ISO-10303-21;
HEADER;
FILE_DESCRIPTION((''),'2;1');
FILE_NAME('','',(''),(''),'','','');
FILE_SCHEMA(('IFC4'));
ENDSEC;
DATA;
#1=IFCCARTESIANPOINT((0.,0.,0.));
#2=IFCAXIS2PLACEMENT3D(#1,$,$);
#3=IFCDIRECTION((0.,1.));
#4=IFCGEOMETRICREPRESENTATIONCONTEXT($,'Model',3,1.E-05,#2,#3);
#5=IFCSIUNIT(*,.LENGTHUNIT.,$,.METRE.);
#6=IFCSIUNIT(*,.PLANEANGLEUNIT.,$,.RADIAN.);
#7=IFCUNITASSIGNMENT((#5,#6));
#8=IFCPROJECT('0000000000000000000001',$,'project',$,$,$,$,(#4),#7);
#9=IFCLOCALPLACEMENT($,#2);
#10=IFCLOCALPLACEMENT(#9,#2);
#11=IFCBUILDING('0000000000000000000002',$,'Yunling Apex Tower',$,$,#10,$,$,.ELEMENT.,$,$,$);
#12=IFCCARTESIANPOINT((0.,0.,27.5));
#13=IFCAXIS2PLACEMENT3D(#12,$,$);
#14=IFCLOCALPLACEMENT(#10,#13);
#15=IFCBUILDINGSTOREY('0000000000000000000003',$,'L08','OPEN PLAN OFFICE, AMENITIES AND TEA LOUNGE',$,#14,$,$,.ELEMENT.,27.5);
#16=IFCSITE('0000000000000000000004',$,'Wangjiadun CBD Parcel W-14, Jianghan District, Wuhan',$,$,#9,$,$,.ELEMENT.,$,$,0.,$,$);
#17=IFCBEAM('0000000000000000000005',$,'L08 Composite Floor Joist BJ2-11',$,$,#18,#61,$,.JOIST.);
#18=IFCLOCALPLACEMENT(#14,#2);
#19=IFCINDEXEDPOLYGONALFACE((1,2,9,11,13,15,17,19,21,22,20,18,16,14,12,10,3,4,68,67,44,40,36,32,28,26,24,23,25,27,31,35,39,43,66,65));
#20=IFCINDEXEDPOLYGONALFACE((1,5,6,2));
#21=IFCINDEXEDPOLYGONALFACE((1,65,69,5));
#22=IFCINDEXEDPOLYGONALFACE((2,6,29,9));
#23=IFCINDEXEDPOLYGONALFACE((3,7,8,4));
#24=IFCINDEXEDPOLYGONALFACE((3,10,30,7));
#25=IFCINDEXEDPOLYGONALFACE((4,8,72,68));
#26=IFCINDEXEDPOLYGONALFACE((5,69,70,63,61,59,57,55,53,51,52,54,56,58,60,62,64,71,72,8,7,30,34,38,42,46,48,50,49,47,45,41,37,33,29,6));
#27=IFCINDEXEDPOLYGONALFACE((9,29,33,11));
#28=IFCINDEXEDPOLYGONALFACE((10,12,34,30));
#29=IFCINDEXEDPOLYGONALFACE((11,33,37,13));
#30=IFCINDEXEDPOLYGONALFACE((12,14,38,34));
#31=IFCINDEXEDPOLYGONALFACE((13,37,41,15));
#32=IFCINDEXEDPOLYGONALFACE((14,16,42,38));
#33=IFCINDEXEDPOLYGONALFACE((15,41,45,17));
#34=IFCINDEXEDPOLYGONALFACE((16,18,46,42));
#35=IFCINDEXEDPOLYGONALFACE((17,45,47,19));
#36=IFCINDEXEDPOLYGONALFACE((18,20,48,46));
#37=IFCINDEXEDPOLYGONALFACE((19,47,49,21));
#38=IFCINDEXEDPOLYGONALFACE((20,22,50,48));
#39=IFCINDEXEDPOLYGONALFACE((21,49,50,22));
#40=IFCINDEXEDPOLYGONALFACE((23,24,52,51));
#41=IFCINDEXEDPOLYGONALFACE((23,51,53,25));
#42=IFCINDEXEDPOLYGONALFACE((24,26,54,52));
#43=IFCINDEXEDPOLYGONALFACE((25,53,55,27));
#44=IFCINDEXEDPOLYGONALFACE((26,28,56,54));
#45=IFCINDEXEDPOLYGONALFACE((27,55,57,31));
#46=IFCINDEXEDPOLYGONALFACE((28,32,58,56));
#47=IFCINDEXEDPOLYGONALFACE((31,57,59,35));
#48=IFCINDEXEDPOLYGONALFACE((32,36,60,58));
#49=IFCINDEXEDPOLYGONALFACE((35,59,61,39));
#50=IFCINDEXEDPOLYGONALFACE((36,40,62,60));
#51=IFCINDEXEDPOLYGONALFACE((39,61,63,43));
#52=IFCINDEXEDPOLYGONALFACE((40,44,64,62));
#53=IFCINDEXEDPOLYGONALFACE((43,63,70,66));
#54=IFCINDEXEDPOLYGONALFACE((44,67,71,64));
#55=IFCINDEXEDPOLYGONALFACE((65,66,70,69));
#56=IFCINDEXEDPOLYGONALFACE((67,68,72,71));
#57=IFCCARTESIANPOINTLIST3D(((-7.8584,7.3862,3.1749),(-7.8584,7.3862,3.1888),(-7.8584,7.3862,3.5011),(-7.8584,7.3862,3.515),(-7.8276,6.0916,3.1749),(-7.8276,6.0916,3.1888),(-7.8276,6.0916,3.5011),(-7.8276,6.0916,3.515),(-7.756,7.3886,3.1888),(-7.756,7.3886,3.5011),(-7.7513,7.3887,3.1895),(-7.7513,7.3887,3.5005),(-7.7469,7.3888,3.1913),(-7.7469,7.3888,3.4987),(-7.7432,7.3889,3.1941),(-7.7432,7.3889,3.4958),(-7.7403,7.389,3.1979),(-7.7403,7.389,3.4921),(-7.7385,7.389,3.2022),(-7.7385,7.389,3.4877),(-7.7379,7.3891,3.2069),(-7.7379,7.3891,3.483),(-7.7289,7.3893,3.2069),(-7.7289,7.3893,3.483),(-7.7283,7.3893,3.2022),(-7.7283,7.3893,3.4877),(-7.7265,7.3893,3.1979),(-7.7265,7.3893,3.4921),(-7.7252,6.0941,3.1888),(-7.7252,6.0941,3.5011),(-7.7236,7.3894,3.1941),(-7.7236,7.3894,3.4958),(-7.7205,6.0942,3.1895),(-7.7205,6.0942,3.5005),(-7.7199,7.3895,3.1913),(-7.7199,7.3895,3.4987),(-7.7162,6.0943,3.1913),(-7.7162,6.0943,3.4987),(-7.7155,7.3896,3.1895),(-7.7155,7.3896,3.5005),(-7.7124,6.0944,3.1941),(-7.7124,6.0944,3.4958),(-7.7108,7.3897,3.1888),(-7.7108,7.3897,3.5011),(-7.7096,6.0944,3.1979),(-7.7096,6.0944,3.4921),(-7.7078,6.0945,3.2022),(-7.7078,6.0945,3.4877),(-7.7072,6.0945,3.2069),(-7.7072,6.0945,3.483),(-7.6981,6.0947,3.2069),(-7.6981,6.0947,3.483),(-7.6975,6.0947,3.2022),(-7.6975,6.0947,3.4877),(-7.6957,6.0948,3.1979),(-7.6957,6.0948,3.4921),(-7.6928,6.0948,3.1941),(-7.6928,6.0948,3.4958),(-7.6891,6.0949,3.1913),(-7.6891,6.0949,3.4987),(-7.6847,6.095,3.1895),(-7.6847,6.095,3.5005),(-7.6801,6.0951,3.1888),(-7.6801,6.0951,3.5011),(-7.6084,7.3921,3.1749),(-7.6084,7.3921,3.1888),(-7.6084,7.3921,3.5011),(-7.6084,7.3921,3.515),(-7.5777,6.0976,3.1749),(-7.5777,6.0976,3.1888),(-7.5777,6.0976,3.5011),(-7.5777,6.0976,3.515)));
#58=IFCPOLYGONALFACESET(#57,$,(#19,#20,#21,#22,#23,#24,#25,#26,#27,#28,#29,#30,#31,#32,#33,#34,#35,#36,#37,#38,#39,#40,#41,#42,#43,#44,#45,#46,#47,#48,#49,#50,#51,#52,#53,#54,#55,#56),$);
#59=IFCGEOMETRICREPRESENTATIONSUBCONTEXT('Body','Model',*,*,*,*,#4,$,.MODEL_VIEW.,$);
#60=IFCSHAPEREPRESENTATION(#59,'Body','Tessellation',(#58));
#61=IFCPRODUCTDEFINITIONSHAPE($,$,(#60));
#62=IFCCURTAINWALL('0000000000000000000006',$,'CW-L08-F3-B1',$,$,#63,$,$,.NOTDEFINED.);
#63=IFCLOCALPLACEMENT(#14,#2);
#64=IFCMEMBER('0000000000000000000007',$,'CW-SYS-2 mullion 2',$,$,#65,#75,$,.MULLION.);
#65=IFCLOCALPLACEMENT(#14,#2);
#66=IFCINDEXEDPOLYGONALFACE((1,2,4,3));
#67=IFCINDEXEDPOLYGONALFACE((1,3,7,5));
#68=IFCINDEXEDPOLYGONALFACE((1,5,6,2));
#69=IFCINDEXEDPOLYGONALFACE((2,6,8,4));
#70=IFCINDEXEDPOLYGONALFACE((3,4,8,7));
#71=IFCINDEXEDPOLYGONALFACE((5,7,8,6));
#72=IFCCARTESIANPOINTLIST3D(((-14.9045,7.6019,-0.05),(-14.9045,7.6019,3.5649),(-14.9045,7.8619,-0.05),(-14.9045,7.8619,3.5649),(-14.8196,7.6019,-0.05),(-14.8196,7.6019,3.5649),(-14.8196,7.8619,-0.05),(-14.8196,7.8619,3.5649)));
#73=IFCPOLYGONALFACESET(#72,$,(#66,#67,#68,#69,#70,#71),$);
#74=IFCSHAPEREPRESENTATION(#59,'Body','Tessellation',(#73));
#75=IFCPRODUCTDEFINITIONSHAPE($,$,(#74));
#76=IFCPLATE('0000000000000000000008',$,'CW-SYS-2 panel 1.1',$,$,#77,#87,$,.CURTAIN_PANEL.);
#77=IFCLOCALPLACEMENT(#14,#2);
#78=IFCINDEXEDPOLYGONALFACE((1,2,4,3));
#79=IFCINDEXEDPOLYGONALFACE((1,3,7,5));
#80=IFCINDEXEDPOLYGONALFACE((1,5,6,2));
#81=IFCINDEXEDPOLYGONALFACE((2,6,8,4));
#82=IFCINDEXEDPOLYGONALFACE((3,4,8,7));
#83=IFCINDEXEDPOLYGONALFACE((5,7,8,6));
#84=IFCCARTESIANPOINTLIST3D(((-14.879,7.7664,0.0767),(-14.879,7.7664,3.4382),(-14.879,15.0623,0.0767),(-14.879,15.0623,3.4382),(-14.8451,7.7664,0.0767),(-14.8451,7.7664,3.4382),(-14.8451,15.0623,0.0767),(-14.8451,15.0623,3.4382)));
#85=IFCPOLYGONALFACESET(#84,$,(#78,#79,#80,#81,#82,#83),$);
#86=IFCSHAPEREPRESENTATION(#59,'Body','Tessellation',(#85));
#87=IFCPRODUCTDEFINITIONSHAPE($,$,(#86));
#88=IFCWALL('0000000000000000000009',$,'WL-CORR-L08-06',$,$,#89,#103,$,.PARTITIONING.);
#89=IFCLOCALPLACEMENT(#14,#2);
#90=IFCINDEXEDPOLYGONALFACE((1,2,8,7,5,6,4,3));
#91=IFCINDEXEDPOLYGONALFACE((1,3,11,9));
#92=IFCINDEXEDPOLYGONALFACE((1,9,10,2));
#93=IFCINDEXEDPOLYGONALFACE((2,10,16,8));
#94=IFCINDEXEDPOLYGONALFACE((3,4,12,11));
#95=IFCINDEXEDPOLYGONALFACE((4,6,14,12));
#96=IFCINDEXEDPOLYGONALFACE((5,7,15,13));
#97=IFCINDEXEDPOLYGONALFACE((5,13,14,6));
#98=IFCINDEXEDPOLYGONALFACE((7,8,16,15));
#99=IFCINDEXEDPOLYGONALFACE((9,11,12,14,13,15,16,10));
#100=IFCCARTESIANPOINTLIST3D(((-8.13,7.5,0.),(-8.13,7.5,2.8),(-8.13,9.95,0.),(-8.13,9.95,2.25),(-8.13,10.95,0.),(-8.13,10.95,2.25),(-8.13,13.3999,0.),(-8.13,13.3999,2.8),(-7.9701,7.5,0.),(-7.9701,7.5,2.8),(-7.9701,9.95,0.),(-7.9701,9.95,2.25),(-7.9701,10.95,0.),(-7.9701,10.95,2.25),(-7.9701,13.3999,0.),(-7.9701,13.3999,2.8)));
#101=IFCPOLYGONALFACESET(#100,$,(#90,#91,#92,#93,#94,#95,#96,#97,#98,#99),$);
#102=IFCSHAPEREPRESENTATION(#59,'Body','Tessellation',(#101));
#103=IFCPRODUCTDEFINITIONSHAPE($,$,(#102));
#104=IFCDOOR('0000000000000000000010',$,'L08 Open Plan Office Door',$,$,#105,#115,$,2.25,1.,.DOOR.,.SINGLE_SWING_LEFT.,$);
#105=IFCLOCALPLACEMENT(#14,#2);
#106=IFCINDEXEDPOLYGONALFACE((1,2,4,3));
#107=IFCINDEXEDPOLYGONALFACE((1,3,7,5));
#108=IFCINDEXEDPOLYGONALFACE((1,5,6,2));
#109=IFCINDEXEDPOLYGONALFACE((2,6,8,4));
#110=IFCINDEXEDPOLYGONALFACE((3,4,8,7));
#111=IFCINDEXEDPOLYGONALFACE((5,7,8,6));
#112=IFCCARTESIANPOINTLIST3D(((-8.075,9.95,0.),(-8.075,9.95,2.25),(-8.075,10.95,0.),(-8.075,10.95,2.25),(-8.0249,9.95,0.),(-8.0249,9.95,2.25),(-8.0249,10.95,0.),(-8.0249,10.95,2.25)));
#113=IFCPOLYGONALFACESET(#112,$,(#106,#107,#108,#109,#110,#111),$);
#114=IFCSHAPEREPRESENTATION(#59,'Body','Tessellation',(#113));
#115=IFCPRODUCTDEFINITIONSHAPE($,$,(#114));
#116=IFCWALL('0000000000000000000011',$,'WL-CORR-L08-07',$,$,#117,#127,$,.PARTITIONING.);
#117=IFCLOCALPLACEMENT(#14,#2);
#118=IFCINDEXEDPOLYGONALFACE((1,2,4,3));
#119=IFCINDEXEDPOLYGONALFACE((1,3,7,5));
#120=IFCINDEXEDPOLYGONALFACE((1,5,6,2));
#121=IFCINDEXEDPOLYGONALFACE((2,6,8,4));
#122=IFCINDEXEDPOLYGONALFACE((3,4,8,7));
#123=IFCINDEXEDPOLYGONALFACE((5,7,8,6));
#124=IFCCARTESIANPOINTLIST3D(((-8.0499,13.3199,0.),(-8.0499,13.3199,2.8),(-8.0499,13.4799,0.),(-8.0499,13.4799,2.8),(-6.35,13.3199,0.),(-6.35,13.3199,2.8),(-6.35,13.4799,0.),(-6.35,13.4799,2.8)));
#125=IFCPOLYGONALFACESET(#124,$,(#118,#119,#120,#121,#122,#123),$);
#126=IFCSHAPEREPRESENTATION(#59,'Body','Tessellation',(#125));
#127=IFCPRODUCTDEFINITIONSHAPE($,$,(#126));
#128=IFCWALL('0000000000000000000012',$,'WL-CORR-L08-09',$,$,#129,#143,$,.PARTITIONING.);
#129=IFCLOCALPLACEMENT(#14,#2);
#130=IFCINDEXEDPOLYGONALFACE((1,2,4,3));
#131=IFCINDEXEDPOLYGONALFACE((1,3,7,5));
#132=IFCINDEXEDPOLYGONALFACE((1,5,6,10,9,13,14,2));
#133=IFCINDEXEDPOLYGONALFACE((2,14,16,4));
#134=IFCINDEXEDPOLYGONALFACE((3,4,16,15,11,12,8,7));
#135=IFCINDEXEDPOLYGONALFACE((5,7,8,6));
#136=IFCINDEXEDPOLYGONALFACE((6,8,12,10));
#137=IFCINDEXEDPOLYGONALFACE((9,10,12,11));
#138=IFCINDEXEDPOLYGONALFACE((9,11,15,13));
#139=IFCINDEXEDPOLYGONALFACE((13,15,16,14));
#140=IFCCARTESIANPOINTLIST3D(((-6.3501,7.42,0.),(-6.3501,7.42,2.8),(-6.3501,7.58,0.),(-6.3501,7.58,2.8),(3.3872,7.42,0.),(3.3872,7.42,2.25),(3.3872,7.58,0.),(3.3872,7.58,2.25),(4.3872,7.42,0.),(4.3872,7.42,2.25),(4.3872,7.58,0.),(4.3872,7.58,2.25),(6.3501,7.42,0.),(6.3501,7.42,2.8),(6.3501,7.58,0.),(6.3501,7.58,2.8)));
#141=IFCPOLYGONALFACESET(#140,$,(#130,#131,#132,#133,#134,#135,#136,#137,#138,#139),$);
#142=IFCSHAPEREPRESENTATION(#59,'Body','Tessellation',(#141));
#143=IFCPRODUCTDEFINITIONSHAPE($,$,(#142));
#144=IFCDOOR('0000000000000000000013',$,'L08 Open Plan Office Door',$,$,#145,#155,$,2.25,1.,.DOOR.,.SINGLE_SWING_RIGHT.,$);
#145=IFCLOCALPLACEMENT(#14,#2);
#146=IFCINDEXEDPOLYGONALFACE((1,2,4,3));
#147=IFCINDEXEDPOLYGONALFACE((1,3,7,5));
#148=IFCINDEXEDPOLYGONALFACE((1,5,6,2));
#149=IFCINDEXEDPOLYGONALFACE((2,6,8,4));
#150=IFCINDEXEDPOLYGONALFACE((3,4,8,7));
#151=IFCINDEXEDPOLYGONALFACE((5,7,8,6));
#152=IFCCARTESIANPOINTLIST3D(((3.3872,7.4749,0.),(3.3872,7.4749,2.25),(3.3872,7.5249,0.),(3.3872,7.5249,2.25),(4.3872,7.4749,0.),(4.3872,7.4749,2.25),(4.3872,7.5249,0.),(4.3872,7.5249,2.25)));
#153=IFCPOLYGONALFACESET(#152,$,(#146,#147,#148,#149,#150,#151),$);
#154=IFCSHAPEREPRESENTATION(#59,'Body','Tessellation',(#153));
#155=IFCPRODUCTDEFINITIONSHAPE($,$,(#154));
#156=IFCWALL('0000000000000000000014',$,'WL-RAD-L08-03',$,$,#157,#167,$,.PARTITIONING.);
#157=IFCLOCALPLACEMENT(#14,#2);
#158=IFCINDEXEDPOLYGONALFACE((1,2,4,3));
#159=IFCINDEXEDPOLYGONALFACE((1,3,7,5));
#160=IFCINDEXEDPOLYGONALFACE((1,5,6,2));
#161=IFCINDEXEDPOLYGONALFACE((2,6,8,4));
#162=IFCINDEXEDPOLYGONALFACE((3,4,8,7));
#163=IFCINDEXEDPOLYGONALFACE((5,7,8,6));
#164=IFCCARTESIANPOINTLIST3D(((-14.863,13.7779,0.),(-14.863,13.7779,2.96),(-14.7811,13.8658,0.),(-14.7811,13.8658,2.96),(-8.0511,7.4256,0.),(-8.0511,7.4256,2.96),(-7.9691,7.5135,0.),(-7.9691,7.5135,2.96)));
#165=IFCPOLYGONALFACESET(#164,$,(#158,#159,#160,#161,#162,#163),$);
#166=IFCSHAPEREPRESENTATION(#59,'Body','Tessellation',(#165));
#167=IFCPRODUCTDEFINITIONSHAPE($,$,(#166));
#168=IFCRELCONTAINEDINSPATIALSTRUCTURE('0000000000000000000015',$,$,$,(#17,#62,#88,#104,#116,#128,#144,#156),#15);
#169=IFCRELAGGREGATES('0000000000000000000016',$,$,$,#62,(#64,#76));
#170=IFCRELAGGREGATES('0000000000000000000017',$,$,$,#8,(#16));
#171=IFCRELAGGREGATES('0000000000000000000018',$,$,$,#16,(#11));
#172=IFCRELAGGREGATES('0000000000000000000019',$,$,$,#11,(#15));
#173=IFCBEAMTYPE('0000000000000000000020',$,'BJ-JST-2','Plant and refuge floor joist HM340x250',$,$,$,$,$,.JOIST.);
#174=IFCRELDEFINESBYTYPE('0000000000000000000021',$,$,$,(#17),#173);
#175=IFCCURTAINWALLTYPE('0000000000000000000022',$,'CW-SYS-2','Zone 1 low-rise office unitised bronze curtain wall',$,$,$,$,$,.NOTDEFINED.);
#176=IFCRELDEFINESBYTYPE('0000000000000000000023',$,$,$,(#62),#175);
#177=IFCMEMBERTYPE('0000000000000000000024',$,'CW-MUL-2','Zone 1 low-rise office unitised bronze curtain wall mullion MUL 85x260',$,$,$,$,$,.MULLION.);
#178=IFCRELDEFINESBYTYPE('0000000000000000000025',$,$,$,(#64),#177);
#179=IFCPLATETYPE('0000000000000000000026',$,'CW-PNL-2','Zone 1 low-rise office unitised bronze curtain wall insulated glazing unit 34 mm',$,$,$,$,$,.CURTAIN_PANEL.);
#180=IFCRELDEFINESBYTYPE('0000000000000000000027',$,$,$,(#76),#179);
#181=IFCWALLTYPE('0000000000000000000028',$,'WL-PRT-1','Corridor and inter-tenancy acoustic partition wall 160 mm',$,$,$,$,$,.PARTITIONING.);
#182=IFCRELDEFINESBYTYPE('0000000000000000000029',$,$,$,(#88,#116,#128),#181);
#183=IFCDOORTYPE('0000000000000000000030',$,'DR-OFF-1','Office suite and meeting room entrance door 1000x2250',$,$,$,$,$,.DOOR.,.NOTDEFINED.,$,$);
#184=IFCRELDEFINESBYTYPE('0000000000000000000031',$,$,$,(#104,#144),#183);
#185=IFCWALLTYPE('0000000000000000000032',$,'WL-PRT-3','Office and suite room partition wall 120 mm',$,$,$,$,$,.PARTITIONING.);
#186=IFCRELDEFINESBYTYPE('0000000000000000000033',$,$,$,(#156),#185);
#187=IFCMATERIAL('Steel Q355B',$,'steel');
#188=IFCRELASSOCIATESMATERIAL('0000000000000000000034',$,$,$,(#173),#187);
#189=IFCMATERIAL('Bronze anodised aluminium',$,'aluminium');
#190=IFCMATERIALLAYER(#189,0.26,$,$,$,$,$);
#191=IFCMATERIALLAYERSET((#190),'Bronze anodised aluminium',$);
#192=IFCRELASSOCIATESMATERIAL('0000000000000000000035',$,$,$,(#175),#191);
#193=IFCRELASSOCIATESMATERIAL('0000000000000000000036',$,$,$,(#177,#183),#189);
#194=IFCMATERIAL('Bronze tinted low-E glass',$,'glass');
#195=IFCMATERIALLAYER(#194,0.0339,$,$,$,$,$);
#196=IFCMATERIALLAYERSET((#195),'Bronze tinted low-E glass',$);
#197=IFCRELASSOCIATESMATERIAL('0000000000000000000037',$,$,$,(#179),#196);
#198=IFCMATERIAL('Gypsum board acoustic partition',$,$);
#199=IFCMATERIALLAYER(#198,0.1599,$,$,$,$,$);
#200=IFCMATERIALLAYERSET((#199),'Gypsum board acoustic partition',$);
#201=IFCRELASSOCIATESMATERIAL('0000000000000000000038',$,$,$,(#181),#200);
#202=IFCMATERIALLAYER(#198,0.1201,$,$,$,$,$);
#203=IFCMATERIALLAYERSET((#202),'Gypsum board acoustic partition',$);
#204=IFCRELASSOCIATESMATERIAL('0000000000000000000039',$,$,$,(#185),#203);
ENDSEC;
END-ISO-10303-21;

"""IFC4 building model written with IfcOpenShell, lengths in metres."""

from ifc_helpers import new_model, si_unit, direction, frame, frame_2d, origin, origin_2d, place, context, subcontext, project, spatial, rectangle, i_section, extrude, source, transform, mapped, material, layer, layer_set, material_profile, profile_set, type_object, element, fill, aggregate, save


model = new_model("IFC4")

# Units and contexts
model_context = context("Model", 3, precision=1e-05, world=origin(), true_north=direction((0.0, 1.0)))
body_context = subcontext(model_context, "Body", "Model", "MODEL_VIEW")
ifc_project = project(units=[si_unit("LENGTHUNIT", "METRE"), si_unit("PLANEANGLEUNIT", "RADIAN")], contexts=[model_context])

# Site, building, storey
site_placement = place(None, origin())
site = spatial("IfcSite", under=ifc_project, at=site_placement, Name="Wangjiadun CBD Parcel W-14, Jianghan District, Wuhan", CompositionType="ELEMENT", RefElevation=0.0)
building_placement = place(site_placement, origin())
building = spatial("IfcBuilding", under=site, at=building_placement, Name="Yunling Apex Tower", CompositionType="ELEMENT")
storey_placement = place(building_placement, frame((0.0, 0.0, 27.5)))
storey = spatial("IfcBuildingStorey", under=building, at=storey_placement, Name="L08", Description="OPEN PLAN OFFICE, AMENITIES AND TEA LOUNGE", CompositionType="ELEMENT", Elevation=27.5)

# Beam
ifc_material_1 = material(Name="Steel Q355B", Category="steel")
ifc_material_profile_1 = material_profile(ifc_material_1, i_section(OverallWidth=0.25, OverallDepth=0.3401, WebThickness=0.009, FlangeThickness=0.0139, FilletRadius=0.0181, at=origin_2d()))
ifc_profile_set_1 = profile_set([ifc_material_profile_1], Name="Steel Q355B")
beam_type_1 = type_object("IfcBeamType", Name="BJ-JST-2", Description="Plant and refuge floor joist HM340x250", PredefinedType="JOIST", material=ifc_profile_set_1)
shared_shape_1 = source(origin(), body_context, "Body", "SweptSolid", [
    extrude(i_section(OverallWidth=0.25, OverallDepth=0.3401, WebThickness=0.009, FlangeThickness=0.0139, FilletRadius=0.0181, at=origin_2d()), origin(), (0.0, 0.0, 1.0), 1.2949),
])
beam_1_placement = place(storey_placement, frame((-7.7334, 7.3892, 3.345), z_axis=(0.023753, -0.999718, 0.0), x_axis=(0.999718, 0.023753, 0.0)))
element("IfcBeam", 1, at=beam_1_placement, inside=storey, type_object=beam_type_1, Name="L08 Composite Floor Joist BJ2-11", PredefinedType="JOIST", context=body_context, shape_type="MappedRepresentation", body=[
    mapped(shared_shape_1, transform((0.0, 0.0, 0.0), scale=1.0)),
])

# Curtain wall, member, plate
ifc_material_2 = material(Name="Bronze anodised aluminium", Category="aluminium")
ifc_layer_1 = layer(ifc_material_2, 0.26)
ifc_layer_set_1 = layer_set([ifc_layer_1], Name="Bronze anodised aluminium")
curtain_wall_type = type_object("IfcCurtainWallType", Name="CW-SYS-2", Description="Zone 1 low-rise office unitised bronze curtain wall", PredefinedType="NOTDEFINED", material=ifc_layer_set_1)
curtain_wall_placement = place(storey_placement, origin())
curtain_wall = element("IfcCurtainWall", 2, at=curtain_wall_placement, inside=storey, type_object=curtain_wall_type, Name="CW-L08-F3-B1", PredefinedType="NOTDEFINED")
ifc_material_profile_2 = material_profile(ifc_material_2, rectangle(XDim=0.085, YDim=0.26, at=origin_2d()))
ifc_profile_set_2 = profile_set([ifc_material_profile_2], Name="Bronze anodised aluminium")
member_type = type_object("IfcMemberType", Name="CW-MUL-2", Description="Zone 1 low-rise office unitised bronze curtain wall mullion MUL 85x260", PredefinedType="MULLION", material=ifc_profile_set_2)
shared_shape_2 = source(origin(), body_context, "Body", "SweptSolid", [
    extrude(rectangle(XDim=0.085, YDim=0.26, at=origin_2d()), origin(), (0.0, 0.0, 1.0), 3.615),
])
member_placement = place(storey_placement, frame((-14.8621, 7.7319, -0.05), z_axis=(0.0, 0.0, 1.0), x_axis=(1.0, 0.0, 0.0)))
member = element("IfcMember", 3, at=member_placement, type_object=member_type, Name="CW-SYS-2 mullion 2", PredefinedType="MULLION", context=body_context, shape_type="MappedRepresentation", body=[
    mapped(shared_shape_2, transform((0.0, 0.0, 0.0), scale=1.0)),
])
ifc_material_3 = material(Name="Bronze tinted low-E glass", Category="glass")
ifc_layer_2 = layer(ifc_material_3, 0.0339)
ifc_layer_set_2 = layer_set([ifc_layer_2], Name="Bronze tinted low-E glass")
plate_type = type_object("IfcPlateType", Name="CW-PNL-2", Description="Zone 1 low-rise office unitised bronze curtain wall insulated glazing unit 34 mm", PredefinedType="CURTAIN_PANEL", material=ifc_layer_set_2)
shared_shape_3 = source(origin(), body_context, "Body", "SweptSolid", [
    extrude(rectangle(XDim=7.2959, YDim=0.0339, at=origin_2d()), origin(), (0.0, 0.0, 1.0), 3.3616),
])
plate_placement = place(storey_placement, frame((-14.8621, 11.4143, 0.0767), z_axis=(0.0, 0.0, 1.0), x_axis=(0.0, -1.0, 0.0)))
plate = element("IfcPlate", 4, at=plate_placement, type_object=plate_type, Name="CW-SYS-2 panel 1.1", PredefinedType="CURTAIN_PANEL", context=body_context, shape_type="MappedRepresentation", body=[
    mapped(shared_shape_3, transform((0.0, 0.0, 0.0), scale=1.0)),
])
aggregate(curtain_wall, [member, plate])

# Wall, opening, door
ifc_material_4 = material(Name="Gypsum board acoustic partition")
ifc_layer_3 = layer(ifc_material_4, 0.1599)
ifc_layer_set_3 = layer_set([ifc_layer_3], Name="Gypsum board acoustic partition")
wall_type_1 = type_object("IfcWallType", Name="WL-PRT-1", Description="Corridor and inter-tenancy acoustic partition wall 160 mm", PredefinedType="PARTITIONING", material=ifc_layer_set_3)
wall_1_placement = place(storey_placement, frame((-8.05, 7.5, 0.0), z_axis=(0.0, 0.0, 1.0), x_axis=(0.0, 1.0, 0.0)))
wall_1 = element("IfcWall", 5, at=wall_1_placement, inside=storey, type_object=wall_type_1, Name="WL-CORR-L08-06", PredefinedType="PARTITIONING", context=body_context, shape_type="SweptSolid", body=[
    extrude(rectangle(XDim=5.8999, YDim=0.1599, at=frame_2d((2.95, 0.0))), origin(), (0.0, 0.0, 1.0), 2.8),
])
opening_1_placement = place(wall_1_placement, frame((2.45, 0.0, 0.0)))
opening_1 = element("IfcOpeningElement", 6, at=opening_1_placement, cuts=wall_1, PredefinedType="OPENING", context=body_context, shape_type="SweptSolid", body=[
    extrude(rectangle(XDim=1.0, YDim=2.25, at=frame_2d((0.5, 1.125))), frame((0.0, 0.0898, 0.0), z_axis=(0.0, -1.0, 0.0), x_axis=(1.0, 0.0, 0.0)), (0.0, 0.0, 1.0), 0.1799),
])
door_type = type_object("IfcDoorType", Name="DR-OFF-1", Description="Office suite and meeting room entrance door 1000x2250", OperationType="NOTDEFINED", PredefinedType="DOOR", material=ifc_material_2)
door_1_placement = place(opening_1_placement, origin())
door_1 = element("IfcDoor", 7, at=door_1_placement, inside=storey, type_object=door_type, Name="L08 Open Plan Office Door", OperationType="SINGLE_SWING_LEFT", OverallHeight=2.25, OverallWidth=1.0, PredefinedType="DOOR", context=body_context, shape_type="SweptSolid", body=[
    extrude(rectangle(XDim=1.0, YDim=2.25, at=frame_2d((0.5, 1.125))), frame((0.0, 0.0249, 0.0), z_axis=(0.0, -1.0, 0.0), x_axis=(1.0, 0.0, 0.0)), (0.0, 0.0, 1.0), 0.05),
])
fill(opening_1, door_1)

# Wall
wall_2_placement = place(storey_placement, frame((-8.05, 13.3999, 0.0), z_axis=(0.0, 0.0, 1.0), x_axis=(1.0, 0.0, 0.0)))
element("IfcWall", 8, at=wall_2_placement, inside=storey, type_object=wall_type_1, Name="WL-CORR-L08-07", PredefinedType="PARTITIONING", context=body_context, shape_type="SweptSolid", body=[
    extrude(rectangle(XDim=1.7, YDim=0.1599, at=frame_2d((0.8501, 0.0))), origin(), (0.0, 0.0, 1.0), 2.8),
])

# Wall, opening, door
wall_3_placement = place(storey_placement, frame((-6.3501, 7.5, 0.0), z_axis=(0.0, 0.0, 1.0), x_axis=(1.0, 0.0, 0.0)))
wall_3 = element("IfcWall", 9, at=wall_3_placement, inside=storey, type_object=wall_type_1, Name="WL-CORR-L08-09", PredefinedType="PARTITIONING", context=body_context, shape_type="SweptSolid", body=[
    extrude(rectangle(XDim=12.7002, YDim=0.1599, at=frame_2d((6.3501, 0.0))), origin(), (0.0, 0.0, 1.0), 2.8),
])
opening_2_placement = place(wall_3_placement, frame((9.7373, 0.0, 0.0)))
opening_2 = element("IfcOpeningElement", 10, at=opening_2_placement, cuts=wall_3, PredefinedType="OPENING", context=body_context, shape_type="SweptSolid", body=[
    extrude(rectangle(XDim=1.0, YDim=2.25, at=frame_2d((0.5, 1.125))), frame((0.0, 0.0898, 0.0), z_axis=(0.0, -1.0, 0.0), x_axis=(1.0, 0.0, 0.0)), (0.0, 0.0, 1.0), 0.1799),
])
door_2_placement = place(opening_2_placement, origin())
door_2 = element("IfcDoor", 11, at=door_2_placement, inside=storey, type_object=door_type, Name="L08 Open Plan Office Door", OperationType="SINGLE_SWING_RIGHT", OverallHeight=2.25, OverallWidth=1.0, PredefinedType="DOOR", context=body_context, shape_type="SweptSolid", body=[
    extrude(rectangle(XDim=1.0, YDim=2.25, at=frame_2d((0.5, 1.125))), frame((0.0, 0.0249, 0.0), z_axis=(0.0, -1.0, 0.0), x_axis=(1.0, 0.0, 0.0)), (0.0, 0.0, 1.0), 0.05),
])
fill(opening_2, door_2)

# Wall
ifc_layer_4 = layer(ifc_material_4, 0.1201)
ifc_layer_set_4 = layer_set([ifc_layer_4], Name="Gypsum board acoustic partition")
wall_type_2 = type_object("IfcWallType", Name="WL-PRT-3", Description="Office and suite room partition wall 120 mm", PredefinedType="PARTITIONING", material=ifc_layer_set_4)
wall_4_placement = place(storey_placement, frame((-8.01, 7.4695, 0.0), z_axis=(0.0, 0.0, 1.0), x_axis=(-0.731354, 0.681998, 0.0)))
element("IfcWall", 12, at=wall_4_placement, inside=storey, type_object=wall_type_2, Name="WL-RAD-L08-03", PredefinedType="PARTITIONING", context=body_context, shape_type="SweptSolid", body=[
    extrude(rectangle(XDim=9.3142, YDim=0.1201, at=frame_2d((4.6572, 0.0))), origin(), (0.0, 0.0, 1.0), 2.96),
])

save(model, "model.ifc")
